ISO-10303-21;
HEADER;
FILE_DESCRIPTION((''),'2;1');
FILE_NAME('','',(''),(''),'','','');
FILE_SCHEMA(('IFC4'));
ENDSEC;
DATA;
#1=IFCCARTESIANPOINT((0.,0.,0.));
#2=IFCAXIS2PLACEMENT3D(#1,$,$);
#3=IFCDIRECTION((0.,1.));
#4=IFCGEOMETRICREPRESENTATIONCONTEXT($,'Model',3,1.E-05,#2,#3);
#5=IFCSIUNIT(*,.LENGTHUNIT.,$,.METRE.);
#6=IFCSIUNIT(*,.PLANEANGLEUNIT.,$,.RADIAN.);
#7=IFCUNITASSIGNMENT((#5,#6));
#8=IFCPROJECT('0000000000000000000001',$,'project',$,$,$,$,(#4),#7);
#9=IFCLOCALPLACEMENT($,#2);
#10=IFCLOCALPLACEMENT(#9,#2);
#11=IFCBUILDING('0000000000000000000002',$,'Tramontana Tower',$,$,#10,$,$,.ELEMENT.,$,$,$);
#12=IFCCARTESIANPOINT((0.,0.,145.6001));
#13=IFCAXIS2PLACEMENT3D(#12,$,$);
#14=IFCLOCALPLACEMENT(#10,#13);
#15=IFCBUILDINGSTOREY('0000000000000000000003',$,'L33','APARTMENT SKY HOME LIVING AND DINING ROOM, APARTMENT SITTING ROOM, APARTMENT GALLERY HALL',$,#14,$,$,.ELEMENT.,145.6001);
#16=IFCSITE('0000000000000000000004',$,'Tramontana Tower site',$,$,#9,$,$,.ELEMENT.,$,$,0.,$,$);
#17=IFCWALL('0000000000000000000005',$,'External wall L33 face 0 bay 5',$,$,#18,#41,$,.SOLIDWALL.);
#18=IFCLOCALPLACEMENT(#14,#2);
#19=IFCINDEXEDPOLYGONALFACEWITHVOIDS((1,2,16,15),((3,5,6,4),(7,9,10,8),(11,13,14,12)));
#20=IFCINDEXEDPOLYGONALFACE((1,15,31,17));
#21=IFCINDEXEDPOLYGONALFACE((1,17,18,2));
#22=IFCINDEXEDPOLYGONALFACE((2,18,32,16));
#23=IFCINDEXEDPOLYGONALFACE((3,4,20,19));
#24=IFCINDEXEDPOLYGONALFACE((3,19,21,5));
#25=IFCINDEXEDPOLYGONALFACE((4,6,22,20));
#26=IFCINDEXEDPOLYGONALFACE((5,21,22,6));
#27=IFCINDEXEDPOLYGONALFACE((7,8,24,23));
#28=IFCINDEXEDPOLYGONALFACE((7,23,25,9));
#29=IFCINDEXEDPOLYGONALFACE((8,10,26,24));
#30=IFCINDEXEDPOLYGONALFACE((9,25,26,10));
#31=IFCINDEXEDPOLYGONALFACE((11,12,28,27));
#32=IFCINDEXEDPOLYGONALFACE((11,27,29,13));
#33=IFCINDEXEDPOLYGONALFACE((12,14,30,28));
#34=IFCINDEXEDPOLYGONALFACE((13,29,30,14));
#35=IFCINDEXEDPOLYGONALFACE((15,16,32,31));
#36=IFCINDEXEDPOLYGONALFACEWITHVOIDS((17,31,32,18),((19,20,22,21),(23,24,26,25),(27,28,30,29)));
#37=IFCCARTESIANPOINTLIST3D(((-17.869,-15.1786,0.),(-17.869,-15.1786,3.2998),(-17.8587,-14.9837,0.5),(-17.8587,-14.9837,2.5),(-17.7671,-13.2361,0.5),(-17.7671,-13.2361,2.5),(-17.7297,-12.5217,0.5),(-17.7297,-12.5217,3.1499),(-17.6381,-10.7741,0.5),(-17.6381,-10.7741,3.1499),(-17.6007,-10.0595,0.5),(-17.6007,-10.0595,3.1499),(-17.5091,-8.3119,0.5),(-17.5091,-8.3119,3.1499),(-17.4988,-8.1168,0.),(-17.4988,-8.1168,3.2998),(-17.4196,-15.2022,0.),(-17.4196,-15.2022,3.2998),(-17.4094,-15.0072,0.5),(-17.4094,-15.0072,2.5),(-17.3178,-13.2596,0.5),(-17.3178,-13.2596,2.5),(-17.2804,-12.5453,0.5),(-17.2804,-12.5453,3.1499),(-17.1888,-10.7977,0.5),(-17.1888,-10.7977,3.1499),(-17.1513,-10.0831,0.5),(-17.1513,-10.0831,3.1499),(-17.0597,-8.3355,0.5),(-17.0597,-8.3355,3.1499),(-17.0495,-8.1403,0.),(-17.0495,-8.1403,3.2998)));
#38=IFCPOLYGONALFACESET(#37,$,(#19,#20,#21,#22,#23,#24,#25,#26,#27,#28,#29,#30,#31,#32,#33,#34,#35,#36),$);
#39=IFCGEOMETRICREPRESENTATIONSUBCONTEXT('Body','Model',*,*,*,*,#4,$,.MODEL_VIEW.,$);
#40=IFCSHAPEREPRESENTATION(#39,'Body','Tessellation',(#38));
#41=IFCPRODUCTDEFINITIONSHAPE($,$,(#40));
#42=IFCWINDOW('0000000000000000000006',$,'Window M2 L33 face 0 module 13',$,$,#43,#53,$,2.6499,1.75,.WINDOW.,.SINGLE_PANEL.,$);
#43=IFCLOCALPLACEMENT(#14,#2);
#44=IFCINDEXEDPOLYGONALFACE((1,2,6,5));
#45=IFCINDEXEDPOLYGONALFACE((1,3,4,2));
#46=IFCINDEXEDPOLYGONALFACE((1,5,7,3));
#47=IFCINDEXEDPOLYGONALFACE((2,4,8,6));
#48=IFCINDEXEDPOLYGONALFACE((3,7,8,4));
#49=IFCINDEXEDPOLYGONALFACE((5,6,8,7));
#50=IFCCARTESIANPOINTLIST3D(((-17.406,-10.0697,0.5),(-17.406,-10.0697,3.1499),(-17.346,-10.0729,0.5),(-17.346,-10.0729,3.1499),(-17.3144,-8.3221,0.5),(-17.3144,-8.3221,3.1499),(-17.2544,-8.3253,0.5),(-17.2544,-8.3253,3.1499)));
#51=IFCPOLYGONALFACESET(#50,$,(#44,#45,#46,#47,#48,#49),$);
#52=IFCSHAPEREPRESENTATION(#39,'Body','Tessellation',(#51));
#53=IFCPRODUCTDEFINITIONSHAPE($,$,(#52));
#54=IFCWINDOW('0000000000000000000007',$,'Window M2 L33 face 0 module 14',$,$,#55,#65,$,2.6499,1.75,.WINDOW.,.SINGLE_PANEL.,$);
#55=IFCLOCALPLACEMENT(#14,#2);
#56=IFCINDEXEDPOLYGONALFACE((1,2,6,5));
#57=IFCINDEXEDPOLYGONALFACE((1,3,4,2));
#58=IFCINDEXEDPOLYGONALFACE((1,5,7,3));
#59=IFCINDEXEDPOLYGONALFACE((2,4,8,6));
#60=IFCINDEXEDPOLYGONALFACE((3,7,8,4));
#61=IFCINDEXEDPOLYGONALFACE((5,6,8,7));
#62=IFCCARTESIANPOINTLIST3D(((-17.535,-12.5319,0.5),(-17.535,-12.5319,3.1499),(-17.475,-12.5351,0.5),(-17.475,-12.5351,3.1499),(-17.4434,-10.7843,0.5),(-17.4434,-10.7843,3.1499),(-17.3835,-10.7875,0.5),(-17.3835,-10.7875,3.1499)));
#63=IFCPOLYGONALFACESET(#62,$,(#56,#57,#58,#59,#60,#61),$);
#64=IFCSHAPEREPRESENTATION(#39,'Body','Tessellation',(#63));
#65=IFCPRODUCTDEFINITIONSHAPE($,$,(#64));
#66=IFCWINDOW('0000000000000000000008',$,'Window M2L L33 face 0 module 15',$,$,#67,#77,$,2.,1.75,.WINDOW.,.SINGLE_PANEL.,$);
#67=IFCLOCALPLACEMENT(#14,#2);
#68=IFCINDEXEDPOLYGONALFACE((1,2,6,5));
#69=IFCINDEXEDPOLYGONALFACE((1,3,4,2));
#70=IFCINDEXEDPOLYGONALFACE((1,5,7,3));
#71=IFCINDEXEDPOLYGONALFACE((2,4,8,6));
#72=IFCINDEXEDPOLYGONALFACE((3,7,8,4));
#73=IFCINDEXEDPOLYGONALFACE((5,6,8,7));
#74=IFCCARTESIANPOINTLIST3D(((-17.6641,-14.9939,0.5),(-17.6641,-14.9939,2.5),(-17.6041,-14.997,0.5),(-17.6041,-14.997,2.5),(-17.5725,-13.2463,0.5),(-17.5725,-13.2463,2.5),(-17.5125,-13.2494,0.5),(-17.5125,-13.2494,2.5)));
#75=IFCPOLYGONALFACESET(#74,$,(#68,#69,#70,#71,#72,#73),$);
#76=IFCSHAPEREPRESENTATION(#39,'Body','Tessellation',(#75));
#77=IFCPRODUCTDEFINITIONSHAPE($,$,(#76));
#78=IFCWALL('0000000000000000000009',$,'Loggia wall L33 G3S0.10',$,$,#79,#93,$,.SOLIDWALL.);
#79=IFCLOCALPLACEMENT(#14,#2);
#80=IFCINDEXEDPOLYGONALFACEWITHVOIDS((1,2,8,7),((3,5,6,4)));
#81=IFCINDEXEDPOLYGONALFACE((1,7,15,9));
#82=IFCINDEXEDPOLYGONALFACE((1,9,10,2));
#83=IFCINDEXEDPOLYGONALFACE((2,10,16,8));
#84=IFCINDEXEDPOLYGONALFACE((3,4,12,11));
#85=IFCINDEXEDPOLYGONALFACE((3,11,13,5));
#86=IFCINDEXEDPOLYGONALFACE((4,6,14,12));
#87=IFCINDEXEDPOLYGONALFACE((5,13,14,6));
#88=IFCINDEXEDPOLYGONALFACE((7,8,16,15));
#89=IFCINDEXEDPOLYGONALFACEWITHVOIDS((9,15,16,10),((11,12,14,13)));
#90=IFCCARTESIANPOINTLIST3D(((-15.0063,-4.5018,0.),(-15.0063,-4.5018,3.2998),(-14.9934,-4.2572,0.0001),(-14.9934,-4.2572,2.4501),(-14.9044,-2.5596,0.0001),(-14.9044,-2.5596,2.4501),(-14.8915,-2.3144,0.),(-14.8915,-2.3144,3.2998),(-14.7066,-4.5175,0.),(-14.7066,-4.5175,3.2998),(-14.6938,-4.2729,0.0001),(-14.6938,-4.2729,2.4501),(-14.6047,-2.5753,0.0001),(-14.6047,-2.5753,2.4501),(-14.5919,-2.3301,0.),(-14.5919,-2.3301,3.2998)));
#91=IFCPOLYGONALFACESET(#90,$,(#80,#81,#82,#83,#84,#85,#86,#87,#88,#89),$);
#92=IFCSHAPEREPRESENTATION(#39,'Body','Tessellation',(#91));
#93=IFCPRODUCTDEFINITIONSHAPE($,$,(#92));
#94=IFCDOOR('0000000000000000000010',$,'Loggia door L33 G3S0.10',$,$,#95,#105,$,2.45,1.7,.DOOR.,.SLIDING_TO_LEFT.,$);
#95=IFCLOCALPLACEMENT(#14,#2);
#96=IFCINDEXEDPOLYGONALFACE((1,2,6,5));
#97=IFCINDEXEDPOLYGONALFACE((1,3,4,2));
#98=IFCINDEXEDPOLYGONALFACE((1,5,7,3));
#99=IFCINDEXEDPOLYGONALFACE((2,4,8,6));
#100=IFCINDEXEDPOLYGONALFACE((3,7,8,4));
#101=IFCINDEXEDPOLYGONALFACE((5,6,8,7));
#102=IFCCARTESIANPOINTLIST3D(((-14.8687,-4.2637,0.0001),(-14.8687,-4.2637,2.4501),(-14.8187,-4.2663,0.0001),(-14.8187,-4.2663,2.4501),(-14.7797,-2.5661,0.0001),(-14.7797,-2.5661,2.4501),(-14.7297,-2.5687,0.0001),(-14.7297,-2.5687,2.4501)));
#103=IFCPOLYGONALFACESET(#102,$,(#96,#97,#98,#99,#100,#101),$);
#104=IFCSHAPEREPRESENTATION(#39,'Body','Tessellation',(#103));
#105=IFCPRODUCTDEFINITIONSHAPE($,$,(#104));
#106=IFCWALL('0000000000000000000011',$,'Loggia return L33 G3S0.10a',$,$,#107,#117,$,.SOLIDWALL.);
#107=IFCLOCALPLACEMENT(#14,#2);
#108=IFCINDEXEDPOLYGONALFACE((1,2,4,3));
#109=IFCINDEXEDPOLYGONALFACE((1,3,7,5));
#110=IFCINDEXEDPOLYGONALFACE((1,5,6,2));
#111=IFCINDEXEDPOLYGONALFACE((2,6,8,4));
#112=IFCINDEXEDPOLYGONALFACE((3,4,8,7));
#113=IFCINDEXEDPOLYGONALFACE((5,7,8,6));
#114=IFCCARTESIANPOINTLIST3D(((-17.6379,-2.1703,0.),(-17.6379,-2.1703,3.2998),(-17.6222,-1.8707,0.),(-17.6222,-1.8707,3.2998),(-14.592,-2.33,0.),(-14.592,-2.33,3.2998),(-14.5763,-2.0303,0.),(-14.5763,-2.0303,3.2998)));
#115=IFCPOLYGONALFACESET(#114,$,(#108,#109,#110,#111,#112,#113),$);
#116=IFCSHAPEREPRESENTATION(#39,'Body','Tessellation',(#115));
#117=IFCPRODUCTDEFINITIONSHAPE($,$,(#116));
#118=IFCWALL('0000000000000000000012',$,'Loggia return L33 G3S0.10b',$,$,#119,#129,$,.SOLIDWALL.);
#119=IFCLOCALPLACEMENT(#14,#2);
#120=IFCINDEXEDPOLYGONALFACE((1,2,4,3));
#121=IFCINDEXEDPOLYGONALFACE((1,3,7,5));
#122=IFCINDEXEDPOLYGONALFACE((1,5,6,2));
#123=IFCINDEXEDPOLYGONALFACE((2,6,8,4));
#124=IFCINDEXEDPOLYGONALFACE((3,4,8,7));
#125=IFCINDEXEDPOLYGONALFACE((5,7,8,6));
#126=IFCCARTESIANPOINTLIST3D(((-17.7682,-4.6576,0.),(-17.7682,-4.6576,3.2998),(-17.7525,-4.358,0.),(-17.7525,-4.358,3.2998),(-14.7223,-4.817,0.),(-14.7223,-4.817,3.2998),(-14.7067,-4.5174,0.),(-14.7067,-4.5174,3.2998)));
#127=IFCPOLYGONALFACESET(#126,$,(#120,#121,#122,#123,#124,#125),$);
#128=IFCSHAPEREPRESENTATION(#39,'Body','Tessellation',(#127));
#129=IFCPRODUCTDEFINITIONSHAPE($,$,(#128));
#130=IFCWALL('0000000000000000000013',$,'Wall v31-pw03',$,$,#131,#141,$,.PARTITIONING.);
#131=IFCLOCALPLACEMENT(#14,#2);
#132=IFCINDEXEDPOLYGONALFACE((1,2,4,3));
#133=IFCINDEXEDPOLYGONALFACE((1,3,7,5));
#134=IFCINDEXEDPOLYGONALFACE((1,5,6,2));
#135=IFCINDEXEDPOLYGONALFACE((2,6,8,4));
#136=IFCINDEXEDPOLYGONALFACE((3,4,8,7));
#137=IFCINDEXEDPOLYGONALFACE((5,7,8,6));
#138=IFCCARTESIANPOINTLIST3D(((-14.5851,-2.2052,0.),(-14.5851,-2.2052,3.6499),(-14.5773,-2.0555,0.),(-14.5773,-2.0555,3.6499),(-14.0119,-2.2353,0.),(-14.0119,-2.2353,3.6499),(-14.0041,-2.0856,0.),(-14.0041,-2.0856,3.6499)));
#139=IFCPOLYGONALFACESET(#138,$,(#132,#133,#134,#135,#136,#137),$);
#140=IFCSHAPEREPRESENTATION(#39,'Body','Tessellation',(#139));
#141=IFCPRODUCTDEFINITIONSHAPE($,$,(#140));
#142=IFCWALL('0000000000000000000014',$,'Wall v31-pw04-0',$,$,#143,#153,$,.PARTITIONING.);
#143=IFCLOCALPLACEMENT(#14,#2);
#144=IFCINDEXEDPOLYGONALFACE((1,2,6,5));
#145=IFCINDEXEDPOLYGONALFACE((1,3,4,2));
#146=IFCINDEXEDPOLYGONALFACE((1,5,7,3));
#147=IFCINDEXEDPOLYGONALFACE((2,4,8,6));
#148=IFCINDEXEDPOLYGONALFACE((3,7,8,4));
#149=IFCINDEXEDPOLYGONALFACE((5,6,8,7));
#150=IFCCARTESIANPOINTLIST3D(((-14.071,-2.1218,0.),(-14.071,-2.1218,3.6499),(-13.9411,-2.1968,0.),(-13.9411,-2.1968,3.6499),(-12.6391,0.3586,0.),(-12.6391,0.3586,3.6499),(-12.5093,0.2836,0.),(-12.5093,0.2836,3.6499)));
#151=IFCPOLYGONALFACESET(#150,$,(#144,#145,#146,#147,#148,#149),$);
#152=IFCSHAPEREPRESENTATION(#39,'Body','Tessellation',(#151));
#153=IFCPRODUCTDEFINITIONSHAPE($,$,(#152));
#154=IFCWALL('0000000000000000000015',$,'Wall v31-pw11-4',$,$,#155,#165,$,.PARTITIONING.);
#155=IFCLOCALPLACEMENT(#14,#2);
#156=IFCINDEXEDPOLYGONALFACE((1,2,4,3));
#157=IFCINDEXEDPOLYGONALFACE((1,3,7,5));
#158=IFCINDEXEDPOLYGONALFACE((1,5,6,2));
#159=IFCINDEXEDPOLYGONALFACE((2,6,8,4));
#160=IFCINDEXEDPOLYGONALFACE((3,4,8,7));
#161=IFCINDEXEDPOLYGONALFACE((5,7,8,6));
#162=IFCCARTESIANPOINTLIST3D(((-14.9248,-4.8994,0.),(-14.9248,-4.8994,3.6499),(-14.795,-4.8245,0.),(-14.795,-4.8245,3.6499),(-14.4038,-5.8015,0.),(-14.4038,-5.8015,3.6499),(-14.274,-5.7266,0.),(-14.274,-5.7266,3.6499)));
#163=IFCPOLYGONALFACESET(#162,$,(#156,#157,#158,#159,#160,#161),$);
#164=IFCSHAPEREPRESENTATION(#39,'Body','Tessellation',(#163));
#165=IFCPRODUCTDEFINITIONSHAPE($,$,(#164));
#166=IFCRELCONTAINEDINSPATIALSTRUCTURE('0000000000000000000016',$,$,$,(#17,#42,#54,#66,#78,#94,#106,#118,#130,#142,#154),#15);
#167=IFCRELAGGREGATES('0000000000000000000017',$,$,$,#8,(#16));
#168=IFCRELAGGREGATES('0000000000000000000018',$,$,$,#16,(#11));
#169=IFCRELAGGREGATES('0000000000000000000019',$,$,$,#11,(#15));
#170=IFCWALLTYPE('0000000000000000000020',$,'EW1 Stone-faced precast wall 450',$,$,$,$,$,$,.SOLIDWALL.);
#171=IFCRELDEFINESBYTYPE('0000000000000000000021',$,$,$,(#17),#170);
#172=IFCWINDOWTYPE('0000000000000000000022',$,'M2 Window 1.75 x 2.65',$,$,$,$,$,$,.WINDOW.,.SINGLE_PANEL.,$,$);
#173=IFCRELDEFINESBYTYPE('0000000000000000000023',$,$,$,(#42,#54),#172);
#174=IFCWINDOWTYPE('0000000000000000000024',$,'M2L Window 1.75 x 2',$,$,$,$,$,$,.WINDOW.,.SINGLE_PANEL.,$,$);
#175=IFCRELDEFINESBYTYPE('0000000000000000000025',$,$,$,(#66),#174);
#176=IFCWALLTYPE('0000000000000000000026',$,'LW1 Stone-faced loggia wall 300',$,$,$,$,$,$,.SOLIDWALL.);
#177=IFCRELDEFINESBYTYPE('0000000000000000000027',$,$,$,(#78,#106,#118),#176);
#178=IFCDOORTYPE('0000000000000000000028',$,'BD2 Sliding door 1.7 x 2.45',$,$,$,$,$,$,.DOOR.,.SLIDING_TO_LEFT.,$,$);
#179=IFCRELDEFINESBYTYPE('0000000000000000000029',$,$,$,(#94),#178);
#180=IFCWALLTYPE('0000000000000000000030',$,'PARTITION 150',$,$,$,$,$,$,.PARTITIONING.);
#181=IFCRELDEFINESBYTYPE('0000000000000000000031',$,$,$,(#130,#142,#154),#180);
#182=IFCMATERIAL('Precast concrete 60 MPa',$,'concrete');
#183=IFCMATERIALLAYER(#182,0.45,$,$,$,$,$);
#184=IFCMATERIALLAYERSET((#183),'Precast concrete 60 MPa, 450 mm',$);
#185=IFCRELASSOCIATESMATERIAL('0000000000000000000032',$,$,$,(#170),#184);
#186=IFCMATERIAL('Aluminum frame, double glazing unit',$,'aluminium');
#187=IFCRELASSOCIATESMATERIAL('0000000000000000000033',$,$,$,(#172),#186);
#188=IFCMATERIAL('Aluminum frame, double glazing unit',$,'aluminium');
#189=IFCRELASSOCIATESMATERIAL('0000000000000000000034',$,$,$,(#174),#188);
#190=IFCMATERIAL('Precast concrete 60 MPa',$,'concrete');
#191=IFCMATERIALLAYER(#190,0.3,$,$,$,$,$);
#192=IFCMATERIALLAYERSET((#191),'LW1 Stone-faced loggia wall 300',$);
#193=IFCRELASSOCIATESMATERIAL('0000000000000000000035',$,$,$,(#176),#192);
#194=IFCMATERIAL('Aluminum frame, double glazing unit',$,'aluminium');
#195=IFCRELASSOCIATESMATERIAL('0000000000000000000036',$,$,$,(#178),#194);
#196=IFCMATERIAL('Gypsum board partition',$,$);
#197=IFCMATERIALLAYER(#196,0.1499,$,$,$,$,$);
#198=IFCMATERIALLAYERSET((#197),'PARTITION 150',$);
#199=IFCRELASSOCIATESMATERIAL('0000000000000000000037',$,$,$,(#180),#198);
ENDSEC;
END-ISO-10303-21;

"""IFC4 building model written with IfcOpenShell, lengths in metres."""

from ifc_helpers import new_model, si_unit, direction, frame, frame_2d, origin, place, context, subcontext, project, spatial, rectangle, extrude, material, layer, layer_set, type_object, element, fill, save


model = new_model("IFC4")

# Units and contexts
model_context = context("Model", 3, precision=1e-05, world=origin(), true_north=direction((0.0, 1.0)))
body_context = subcontext(model_context, "Body", "Model", "MODEL_VIEW")
ifc_project = project(units=[si_unit("LENGTHUNIT", "METRE"), si_unit("PLANEANGLEUNIT", "RADIAN")], contexts=[model_context])

# Site, building, storey
site_placement = place(None, origin())
site = spatial("IfcSite", under=ifc_project, at=site_placement, Name="Tramontana Tower site", CompositionType="ELEMENT", RefElevation=0.0)
building_placement = place(site_placement, origin())
building = spatial("IfcBuilding", under=site, at=building_placement, Name="Tramontana Tower", CompositionType="ELEMENT")
storey_placement = place(building_placement, frame((0.0, 0.0, 145.6001)))
storey = spatial("IfcBuildingStorey", under=building, at=storey_placement, Name="L33", Description="APARTMENT SKY HOME LIVING AND DINING ROOM, APARTMENT SITTING ROOM, APARTMENT GALLERY HALL", CompositionType="ELEMENT", Elevation=145.6001)

# Shared definitions
ifc_material_1 = material(Name="Precast concrete 60 MPa", Category="concrete")
ifc_layer_1 = layer(ifc_material_1, 0.45)
ifc_layer_set_1 = layer_set([ifc_layer_1], Name="Precast concrete 60 MPa, 450 mm")
wall_type_1 = type_object("IfcWallType", Name="EW1 Stone-faced precast wall 450", PredefinedType="SOLIDWALL", material=ifc_layer_set_1)
ifc_material_2 = material(Name="Aluminum frame, double glazing unit", Category="aluminium")
window_type_1 = type_object("IfcWindowType", Name="M2 Window 1.75 x 2.65", PartitioningType="SINGLE_PANEL", PredefinedType="WINDOW", material=ifc_material_2)

# Wall, openings, windows
wall_1_placement = place(storey_placement, frame((-17.2742, -8.1287, 0.0), z_axis=(0.0, 0.0, 1.0), x_axis=(-0.05234, -0.998629, 0.0)))
wall_1 = element("IfcWall", 1, at=wall_1_placement, inside=storey, type_object=wall_type_1, Name="External wall L33 face 0 bay 5", PredefinedType="SOLIDWALL", context=body_context, shape_type="SweptSolid", body=[
    extrude(rectangle(XDim=7.0715, YDim=0.45, at=frame_2d((3.5356, 0.0))), origin(), (0.0, 0.0, 1.0), 3.2998),
])
opening_1_placement = place(wall_1_placement, frame((0.1953, 0.0, 0.5)))
opening_1 = element("IfcOpeningElement", 2, at=opening_1_placement, cuts=wall_1, PredefinedType="OPENING", context=body_context, shape_type="SweptSolid", body=[
    extrude(rectangle(XDim=1.75, YDim=2.6499, at=frame_2d((0.875, 1.325))), frame((0.0, 0.2349, 0.0), z_axis=(0.0, -1.0, 0.0), x_axis=(1.0, 0.0, 0.0)), (0.0, 0.0, 1.0), 0.47),
])
opening_2_placement = place(wall_1_placement, frame((2.6609, 0.0, 0.5)))
opening_2 = element("IfcOpeningElement", 3, at=opening_2_placement, cuts=wall_1, PredefinedType="OPENING", context=body_context, shape_type="SweptSolid", body=[
    extrude(rectangle(XDim=1.75, YDim=2.6499, at=frame_2d((0.875, 1.325))), frame((0.0, 0.2349, 0.0), z_axis=(0.0, -1.0, 0.0), x_axis=(1.0, 0.0, 0.0)), (0.0, 0.0, 1.0), 0.47),
])
opening_3_placement = place(wall_1_placement, frame((5.1262, 0.0, 0.5)))
opening_3 = element("IfcOpeningElement", 4, at=opening_3_placement, cuts=wall_1, PredefinedType="OPENING", context=body_context, shape_type="SweptSolid", body=[
    extrude(rectangle(XDim=1.75, YDim=2.0, at=frame_2d((0.875, 1.0))), frame((0.0, 0.2349, 0.0), z_axis=(0.0, -1.0, 0.0), x_axis=(1.0, 0.0, 0.0)), (0.0, 0.0, 1.0), 0.47),
])
window_1_placement = place(opening_1_placement, origin())
window_1 = element("IfcWindow", 5, at=window_1_placement, inside=storey, type_object=window_type_1, Name="Window M2 L33 face 0 module 13", OverallHeight=2.6499, OverallWidth=1.75, PartitioningType="SINGLE_PANEL", PredefinedType="WINDOW", context=body_context, shape_type="SweptSolid", body=[
    extrude(rectangle(XDim=1.75, YDim=2.6499, at=frame_2d((0.875, 1.325))), frame((0.0, 0.03, 0.0), z_axis=(0.0, -1.0, 0.0), x_axis=(1.0, 0.0, 0.0)), (0.0, 0.0, 1.0), 0.0601),
])
fill(opening_1, window_1)
window_2_placement = place(opening_2_placement, origin())
window_2 = element("IfcWindow", 6, at=window_2_placement, inside=storey, type_object=window_type_1, Name="Window M2 L33 face 0 module 14", OverallHeight=2.6499, OverallWidth=1.75, PartitioningType="SINGLE_PANEL", PredefinedType="WINDOW", context=body_context, shape_type="SweptSolid", body=[
    extrude(rectangle(XDim=1.75, YDim=2.6499, at=frame_2d((0.875, 1.325))), frame((0.0, 0.03, 0.0), z_axis=(0.0, -1.0, 0.0), x_axis=(1.0, 0.0, 0.0)), (0.0, 0.0, 1.0), 0.0601),
])
fill(opening_2, window_2)
ifc_material_3 = material(Name="Aluminum frame, double glazing unit", Category="aluminium")
window_type_2 = type_object("IfcWindowType", Name="M2L Window 1.75 x 2", PartitioningType="SINGLE_PANEL", PredefinedType="WINDOW", material=ifc_material_3)
window_3_placement = place(opening_3_placement, origin())
window_3 = element("IfcWindow", 7, at=window_3_placement, inside=storey, type_object=window_type_2, Name="Window M2L L33 face 0 module 15", OverallHeight=2.0, OverallWidth=1.75, PartitioningType="SINGLE_PANEL", PredefinedType="WINDOW", context=body_context, shape_type="SweptSolid", body=[
    extrude(rectangle(XDim=1.75, YDim=2.0, at=frame_2d((0.875, 1.0))), frame((0.0, 0.03, 0.0), z_axis=(0.0, -1.0, 0.0), x_axis=(1.0, 0.0, 0.0)), (0.0, 0.0, 1.0), 0.0601),
])
fill(opening_3, window_3)

# Wall, opening, door
ifc_material_4 = material(Name="Precast concrete 60 MPa", Category="concrete")
ifc_layer_2 = layer(ifc_material_4, 0.3)
ifc_layer_set_2 = layer_set([ifc_layer_2], Name="LW1 Stone-faced loggia wall 300")
wall_type_2 = type_object("IfcWallType", Name="LW1 Stone-faced loggia wall 300", PredefinedType="SOLIDWALL", material=ifc_layer_set_2)
wall_2_placement = place(storey_placement, frame((-14.7417, -2.3223, 0.0), z_axis=(0.0, 0.0, 1.0), x_axis=(-0.052383, -0.998627, 0.0)))
wall_2 = element("IfcWall", 8, at=wall_2_placement, inside=storey, type_object=wall_type_2, Name="Loggia wall L33 G3S0.10", PredefinedType="SOLIDWALL", context=body_context, shape_type="SweptSolid", body=[
    extrude(rectangle(XDim=2.1904, YDim=0.3, at=frame_2d((1.0952, 0.0))), origin(), (0.0, 0.0, 1.0), 3.2998),
])
opening_4_placement = place(wall_2_placement, frame((0.2454, 0.0, 0.0)))
opening_4 = element("IfcOpeningElement", 9, at=opening_4_placement, cuts=wall_2, PredefinedType="OPENING", context=body_context, shape_type="SweptSolid", body=[
    extrude(rectangle(XDim=1.7, YDim=2.45, at=frame_2d((0.8501, 1.2251))), frame((0.0, 0.1599, 0.0), z_axis=(0.0, -1.0, 0.0), x_axis=(1.0, 0.0, 0.0)), (0.0, 0.0, 1.0), 0.3201),
])
ifc_material_5 = material(Name="Aluminum frame, double glazing unit", Category="aluminium")
door_type_1 = type_object("IfcDoorType", Name="BD2 Sliding door 1.7 x 2.45", OperationType="SLIDING_TO_LEFT", PredefinedType="DOOR", material=ifc_material_5)
door_1_placement = place(opening_4_placement, origin())
door_1 = element("IfcDoor", 10, at=door_1_placement, inside=storey, type_object=door_type_1, Name="Loggia door L33 G3S0.10", OperationType="SLIDING_TO_LEFT", OverallHeight=2.45, OverallWidth=1.7, PredefinedType="DOOR", context=body_context, shape_type="SweptSolid", body=[
    extrude(rectangle(XDim=1.7, YDim=2.45, at=frame_2d((0.8501, 1.2251))), frame((0.0, 0.0249, 0.0), z_axis=(0.0, -1.0, 0.0), x_axis=(1.0, 0.0, 0.0)), (0.0, 0.0, 1.0), 0.05),
])
fill(opening_4, door_1)

# Walls
for number, where, z_axis, x_axis, name in (
    (11, (-17.6299, -2.0205, 0.0), (0.0, 0.0, 1.0), (0.998629, -0.052349, 0.0), "Loggia return L33 G3S0.10a"),
    (12, (-17.7603, -4.5078, 0.0), (0.0, 0.0, 1.0), (0.998633, -0.052269, 0.0), "Loggia return L33 G3S0.10b"),
):
    element("IfcWall", number, at=place(storey_placement, frame(where, z_axis=z_axis, x_axis=x_axis)), inside=storey, type_object=wall_type_2, Name=name, PredefinedType="SOLIDWALL", context=body_context, shape_type="SweptSolid", body=[
        extrude(rectangle(XDim=3.05, YDim=0.3, at=frame_2d((1.5249, 0.0))), origin(), (0.0, 0.0, 1.0), 3.2998),
    ])
ifc_material_6 = material(Name="Gypsum board partition")
ifc_layer_3 = layer(ifc_material_6, 0.1499)
ifc_layer_set_3 = layer_set([ifc_layer_3], Name="PARTITION 150")
wall_type_3 = type_object("IfcWallType", Name="PARTITION 150", PredefinedType="PARTITIONING", material=ifc_layer_set_3)
wall_3_placement = place(storey_placement, frame((-14.5813, -2.1304, 0.0), z_axis=(0.0, 0.0, 1.0), x_axis=(0.998631, -0.052313, 0.0)))
element("IfcWall", 13, at=wall_3_placement, inside=storey, type_object=wall_type_3, Name="Wall v31-pw03", PredefinedType="PARTITIONING", context=body_context, shape_type="SweptSolid", body=[
    extrude(rectangle(XDim=0.574, YDim=0.1499, at=frame_2d((0.2871, 0.0))), origin(), (0.0, 0.0, 1.0), 3.6499),
])
wall_4_placement = place(storey_placement, frame((-14.0061, -2.1594, 0.0), z_axis=(0.0, 0.0, 1.0), x_axis=(0.499944, 0.866058, 0.0)))
element("IfcWall", 14, at=wall_4_placement, inside=storey, type_object=wall_type_3, Name="Wall v31-pw04-0", PredefinedType="PARTITIONING", context=body_context, shape_type="SweptSolid", body=[
    extrude(rectangle(XDim=2.864, YDim=0.1499, at=frame_2d((1.4321, 0.0))), origin(), (0.0, 0.0, 1.0), 3.6499),
])

# Wall
wall_5_placement = place(storey_placement, frame((-14.3389, -5.7642, 0.0), z_axis=(0.0, 0.0, 1.0), x_axis=(-0.500121, 0.865955, 0.0)))
element("IfcWall", 15, at=wall_5_placement, inside=storey, type_object=wall_type_3, Name="Wall v31-pw11-4", PredefinedType="PARTITIONING", context=body_context, shape_type="SweptSolid", body=[
    extrude(rectangle(XDim=1.0417, YDim=0.1499, at=frame_2d((0.521, 0.0))), origin(), (0.0, 0.0, 1.0), 3.6499),
])

save(model, "model.ifc")
